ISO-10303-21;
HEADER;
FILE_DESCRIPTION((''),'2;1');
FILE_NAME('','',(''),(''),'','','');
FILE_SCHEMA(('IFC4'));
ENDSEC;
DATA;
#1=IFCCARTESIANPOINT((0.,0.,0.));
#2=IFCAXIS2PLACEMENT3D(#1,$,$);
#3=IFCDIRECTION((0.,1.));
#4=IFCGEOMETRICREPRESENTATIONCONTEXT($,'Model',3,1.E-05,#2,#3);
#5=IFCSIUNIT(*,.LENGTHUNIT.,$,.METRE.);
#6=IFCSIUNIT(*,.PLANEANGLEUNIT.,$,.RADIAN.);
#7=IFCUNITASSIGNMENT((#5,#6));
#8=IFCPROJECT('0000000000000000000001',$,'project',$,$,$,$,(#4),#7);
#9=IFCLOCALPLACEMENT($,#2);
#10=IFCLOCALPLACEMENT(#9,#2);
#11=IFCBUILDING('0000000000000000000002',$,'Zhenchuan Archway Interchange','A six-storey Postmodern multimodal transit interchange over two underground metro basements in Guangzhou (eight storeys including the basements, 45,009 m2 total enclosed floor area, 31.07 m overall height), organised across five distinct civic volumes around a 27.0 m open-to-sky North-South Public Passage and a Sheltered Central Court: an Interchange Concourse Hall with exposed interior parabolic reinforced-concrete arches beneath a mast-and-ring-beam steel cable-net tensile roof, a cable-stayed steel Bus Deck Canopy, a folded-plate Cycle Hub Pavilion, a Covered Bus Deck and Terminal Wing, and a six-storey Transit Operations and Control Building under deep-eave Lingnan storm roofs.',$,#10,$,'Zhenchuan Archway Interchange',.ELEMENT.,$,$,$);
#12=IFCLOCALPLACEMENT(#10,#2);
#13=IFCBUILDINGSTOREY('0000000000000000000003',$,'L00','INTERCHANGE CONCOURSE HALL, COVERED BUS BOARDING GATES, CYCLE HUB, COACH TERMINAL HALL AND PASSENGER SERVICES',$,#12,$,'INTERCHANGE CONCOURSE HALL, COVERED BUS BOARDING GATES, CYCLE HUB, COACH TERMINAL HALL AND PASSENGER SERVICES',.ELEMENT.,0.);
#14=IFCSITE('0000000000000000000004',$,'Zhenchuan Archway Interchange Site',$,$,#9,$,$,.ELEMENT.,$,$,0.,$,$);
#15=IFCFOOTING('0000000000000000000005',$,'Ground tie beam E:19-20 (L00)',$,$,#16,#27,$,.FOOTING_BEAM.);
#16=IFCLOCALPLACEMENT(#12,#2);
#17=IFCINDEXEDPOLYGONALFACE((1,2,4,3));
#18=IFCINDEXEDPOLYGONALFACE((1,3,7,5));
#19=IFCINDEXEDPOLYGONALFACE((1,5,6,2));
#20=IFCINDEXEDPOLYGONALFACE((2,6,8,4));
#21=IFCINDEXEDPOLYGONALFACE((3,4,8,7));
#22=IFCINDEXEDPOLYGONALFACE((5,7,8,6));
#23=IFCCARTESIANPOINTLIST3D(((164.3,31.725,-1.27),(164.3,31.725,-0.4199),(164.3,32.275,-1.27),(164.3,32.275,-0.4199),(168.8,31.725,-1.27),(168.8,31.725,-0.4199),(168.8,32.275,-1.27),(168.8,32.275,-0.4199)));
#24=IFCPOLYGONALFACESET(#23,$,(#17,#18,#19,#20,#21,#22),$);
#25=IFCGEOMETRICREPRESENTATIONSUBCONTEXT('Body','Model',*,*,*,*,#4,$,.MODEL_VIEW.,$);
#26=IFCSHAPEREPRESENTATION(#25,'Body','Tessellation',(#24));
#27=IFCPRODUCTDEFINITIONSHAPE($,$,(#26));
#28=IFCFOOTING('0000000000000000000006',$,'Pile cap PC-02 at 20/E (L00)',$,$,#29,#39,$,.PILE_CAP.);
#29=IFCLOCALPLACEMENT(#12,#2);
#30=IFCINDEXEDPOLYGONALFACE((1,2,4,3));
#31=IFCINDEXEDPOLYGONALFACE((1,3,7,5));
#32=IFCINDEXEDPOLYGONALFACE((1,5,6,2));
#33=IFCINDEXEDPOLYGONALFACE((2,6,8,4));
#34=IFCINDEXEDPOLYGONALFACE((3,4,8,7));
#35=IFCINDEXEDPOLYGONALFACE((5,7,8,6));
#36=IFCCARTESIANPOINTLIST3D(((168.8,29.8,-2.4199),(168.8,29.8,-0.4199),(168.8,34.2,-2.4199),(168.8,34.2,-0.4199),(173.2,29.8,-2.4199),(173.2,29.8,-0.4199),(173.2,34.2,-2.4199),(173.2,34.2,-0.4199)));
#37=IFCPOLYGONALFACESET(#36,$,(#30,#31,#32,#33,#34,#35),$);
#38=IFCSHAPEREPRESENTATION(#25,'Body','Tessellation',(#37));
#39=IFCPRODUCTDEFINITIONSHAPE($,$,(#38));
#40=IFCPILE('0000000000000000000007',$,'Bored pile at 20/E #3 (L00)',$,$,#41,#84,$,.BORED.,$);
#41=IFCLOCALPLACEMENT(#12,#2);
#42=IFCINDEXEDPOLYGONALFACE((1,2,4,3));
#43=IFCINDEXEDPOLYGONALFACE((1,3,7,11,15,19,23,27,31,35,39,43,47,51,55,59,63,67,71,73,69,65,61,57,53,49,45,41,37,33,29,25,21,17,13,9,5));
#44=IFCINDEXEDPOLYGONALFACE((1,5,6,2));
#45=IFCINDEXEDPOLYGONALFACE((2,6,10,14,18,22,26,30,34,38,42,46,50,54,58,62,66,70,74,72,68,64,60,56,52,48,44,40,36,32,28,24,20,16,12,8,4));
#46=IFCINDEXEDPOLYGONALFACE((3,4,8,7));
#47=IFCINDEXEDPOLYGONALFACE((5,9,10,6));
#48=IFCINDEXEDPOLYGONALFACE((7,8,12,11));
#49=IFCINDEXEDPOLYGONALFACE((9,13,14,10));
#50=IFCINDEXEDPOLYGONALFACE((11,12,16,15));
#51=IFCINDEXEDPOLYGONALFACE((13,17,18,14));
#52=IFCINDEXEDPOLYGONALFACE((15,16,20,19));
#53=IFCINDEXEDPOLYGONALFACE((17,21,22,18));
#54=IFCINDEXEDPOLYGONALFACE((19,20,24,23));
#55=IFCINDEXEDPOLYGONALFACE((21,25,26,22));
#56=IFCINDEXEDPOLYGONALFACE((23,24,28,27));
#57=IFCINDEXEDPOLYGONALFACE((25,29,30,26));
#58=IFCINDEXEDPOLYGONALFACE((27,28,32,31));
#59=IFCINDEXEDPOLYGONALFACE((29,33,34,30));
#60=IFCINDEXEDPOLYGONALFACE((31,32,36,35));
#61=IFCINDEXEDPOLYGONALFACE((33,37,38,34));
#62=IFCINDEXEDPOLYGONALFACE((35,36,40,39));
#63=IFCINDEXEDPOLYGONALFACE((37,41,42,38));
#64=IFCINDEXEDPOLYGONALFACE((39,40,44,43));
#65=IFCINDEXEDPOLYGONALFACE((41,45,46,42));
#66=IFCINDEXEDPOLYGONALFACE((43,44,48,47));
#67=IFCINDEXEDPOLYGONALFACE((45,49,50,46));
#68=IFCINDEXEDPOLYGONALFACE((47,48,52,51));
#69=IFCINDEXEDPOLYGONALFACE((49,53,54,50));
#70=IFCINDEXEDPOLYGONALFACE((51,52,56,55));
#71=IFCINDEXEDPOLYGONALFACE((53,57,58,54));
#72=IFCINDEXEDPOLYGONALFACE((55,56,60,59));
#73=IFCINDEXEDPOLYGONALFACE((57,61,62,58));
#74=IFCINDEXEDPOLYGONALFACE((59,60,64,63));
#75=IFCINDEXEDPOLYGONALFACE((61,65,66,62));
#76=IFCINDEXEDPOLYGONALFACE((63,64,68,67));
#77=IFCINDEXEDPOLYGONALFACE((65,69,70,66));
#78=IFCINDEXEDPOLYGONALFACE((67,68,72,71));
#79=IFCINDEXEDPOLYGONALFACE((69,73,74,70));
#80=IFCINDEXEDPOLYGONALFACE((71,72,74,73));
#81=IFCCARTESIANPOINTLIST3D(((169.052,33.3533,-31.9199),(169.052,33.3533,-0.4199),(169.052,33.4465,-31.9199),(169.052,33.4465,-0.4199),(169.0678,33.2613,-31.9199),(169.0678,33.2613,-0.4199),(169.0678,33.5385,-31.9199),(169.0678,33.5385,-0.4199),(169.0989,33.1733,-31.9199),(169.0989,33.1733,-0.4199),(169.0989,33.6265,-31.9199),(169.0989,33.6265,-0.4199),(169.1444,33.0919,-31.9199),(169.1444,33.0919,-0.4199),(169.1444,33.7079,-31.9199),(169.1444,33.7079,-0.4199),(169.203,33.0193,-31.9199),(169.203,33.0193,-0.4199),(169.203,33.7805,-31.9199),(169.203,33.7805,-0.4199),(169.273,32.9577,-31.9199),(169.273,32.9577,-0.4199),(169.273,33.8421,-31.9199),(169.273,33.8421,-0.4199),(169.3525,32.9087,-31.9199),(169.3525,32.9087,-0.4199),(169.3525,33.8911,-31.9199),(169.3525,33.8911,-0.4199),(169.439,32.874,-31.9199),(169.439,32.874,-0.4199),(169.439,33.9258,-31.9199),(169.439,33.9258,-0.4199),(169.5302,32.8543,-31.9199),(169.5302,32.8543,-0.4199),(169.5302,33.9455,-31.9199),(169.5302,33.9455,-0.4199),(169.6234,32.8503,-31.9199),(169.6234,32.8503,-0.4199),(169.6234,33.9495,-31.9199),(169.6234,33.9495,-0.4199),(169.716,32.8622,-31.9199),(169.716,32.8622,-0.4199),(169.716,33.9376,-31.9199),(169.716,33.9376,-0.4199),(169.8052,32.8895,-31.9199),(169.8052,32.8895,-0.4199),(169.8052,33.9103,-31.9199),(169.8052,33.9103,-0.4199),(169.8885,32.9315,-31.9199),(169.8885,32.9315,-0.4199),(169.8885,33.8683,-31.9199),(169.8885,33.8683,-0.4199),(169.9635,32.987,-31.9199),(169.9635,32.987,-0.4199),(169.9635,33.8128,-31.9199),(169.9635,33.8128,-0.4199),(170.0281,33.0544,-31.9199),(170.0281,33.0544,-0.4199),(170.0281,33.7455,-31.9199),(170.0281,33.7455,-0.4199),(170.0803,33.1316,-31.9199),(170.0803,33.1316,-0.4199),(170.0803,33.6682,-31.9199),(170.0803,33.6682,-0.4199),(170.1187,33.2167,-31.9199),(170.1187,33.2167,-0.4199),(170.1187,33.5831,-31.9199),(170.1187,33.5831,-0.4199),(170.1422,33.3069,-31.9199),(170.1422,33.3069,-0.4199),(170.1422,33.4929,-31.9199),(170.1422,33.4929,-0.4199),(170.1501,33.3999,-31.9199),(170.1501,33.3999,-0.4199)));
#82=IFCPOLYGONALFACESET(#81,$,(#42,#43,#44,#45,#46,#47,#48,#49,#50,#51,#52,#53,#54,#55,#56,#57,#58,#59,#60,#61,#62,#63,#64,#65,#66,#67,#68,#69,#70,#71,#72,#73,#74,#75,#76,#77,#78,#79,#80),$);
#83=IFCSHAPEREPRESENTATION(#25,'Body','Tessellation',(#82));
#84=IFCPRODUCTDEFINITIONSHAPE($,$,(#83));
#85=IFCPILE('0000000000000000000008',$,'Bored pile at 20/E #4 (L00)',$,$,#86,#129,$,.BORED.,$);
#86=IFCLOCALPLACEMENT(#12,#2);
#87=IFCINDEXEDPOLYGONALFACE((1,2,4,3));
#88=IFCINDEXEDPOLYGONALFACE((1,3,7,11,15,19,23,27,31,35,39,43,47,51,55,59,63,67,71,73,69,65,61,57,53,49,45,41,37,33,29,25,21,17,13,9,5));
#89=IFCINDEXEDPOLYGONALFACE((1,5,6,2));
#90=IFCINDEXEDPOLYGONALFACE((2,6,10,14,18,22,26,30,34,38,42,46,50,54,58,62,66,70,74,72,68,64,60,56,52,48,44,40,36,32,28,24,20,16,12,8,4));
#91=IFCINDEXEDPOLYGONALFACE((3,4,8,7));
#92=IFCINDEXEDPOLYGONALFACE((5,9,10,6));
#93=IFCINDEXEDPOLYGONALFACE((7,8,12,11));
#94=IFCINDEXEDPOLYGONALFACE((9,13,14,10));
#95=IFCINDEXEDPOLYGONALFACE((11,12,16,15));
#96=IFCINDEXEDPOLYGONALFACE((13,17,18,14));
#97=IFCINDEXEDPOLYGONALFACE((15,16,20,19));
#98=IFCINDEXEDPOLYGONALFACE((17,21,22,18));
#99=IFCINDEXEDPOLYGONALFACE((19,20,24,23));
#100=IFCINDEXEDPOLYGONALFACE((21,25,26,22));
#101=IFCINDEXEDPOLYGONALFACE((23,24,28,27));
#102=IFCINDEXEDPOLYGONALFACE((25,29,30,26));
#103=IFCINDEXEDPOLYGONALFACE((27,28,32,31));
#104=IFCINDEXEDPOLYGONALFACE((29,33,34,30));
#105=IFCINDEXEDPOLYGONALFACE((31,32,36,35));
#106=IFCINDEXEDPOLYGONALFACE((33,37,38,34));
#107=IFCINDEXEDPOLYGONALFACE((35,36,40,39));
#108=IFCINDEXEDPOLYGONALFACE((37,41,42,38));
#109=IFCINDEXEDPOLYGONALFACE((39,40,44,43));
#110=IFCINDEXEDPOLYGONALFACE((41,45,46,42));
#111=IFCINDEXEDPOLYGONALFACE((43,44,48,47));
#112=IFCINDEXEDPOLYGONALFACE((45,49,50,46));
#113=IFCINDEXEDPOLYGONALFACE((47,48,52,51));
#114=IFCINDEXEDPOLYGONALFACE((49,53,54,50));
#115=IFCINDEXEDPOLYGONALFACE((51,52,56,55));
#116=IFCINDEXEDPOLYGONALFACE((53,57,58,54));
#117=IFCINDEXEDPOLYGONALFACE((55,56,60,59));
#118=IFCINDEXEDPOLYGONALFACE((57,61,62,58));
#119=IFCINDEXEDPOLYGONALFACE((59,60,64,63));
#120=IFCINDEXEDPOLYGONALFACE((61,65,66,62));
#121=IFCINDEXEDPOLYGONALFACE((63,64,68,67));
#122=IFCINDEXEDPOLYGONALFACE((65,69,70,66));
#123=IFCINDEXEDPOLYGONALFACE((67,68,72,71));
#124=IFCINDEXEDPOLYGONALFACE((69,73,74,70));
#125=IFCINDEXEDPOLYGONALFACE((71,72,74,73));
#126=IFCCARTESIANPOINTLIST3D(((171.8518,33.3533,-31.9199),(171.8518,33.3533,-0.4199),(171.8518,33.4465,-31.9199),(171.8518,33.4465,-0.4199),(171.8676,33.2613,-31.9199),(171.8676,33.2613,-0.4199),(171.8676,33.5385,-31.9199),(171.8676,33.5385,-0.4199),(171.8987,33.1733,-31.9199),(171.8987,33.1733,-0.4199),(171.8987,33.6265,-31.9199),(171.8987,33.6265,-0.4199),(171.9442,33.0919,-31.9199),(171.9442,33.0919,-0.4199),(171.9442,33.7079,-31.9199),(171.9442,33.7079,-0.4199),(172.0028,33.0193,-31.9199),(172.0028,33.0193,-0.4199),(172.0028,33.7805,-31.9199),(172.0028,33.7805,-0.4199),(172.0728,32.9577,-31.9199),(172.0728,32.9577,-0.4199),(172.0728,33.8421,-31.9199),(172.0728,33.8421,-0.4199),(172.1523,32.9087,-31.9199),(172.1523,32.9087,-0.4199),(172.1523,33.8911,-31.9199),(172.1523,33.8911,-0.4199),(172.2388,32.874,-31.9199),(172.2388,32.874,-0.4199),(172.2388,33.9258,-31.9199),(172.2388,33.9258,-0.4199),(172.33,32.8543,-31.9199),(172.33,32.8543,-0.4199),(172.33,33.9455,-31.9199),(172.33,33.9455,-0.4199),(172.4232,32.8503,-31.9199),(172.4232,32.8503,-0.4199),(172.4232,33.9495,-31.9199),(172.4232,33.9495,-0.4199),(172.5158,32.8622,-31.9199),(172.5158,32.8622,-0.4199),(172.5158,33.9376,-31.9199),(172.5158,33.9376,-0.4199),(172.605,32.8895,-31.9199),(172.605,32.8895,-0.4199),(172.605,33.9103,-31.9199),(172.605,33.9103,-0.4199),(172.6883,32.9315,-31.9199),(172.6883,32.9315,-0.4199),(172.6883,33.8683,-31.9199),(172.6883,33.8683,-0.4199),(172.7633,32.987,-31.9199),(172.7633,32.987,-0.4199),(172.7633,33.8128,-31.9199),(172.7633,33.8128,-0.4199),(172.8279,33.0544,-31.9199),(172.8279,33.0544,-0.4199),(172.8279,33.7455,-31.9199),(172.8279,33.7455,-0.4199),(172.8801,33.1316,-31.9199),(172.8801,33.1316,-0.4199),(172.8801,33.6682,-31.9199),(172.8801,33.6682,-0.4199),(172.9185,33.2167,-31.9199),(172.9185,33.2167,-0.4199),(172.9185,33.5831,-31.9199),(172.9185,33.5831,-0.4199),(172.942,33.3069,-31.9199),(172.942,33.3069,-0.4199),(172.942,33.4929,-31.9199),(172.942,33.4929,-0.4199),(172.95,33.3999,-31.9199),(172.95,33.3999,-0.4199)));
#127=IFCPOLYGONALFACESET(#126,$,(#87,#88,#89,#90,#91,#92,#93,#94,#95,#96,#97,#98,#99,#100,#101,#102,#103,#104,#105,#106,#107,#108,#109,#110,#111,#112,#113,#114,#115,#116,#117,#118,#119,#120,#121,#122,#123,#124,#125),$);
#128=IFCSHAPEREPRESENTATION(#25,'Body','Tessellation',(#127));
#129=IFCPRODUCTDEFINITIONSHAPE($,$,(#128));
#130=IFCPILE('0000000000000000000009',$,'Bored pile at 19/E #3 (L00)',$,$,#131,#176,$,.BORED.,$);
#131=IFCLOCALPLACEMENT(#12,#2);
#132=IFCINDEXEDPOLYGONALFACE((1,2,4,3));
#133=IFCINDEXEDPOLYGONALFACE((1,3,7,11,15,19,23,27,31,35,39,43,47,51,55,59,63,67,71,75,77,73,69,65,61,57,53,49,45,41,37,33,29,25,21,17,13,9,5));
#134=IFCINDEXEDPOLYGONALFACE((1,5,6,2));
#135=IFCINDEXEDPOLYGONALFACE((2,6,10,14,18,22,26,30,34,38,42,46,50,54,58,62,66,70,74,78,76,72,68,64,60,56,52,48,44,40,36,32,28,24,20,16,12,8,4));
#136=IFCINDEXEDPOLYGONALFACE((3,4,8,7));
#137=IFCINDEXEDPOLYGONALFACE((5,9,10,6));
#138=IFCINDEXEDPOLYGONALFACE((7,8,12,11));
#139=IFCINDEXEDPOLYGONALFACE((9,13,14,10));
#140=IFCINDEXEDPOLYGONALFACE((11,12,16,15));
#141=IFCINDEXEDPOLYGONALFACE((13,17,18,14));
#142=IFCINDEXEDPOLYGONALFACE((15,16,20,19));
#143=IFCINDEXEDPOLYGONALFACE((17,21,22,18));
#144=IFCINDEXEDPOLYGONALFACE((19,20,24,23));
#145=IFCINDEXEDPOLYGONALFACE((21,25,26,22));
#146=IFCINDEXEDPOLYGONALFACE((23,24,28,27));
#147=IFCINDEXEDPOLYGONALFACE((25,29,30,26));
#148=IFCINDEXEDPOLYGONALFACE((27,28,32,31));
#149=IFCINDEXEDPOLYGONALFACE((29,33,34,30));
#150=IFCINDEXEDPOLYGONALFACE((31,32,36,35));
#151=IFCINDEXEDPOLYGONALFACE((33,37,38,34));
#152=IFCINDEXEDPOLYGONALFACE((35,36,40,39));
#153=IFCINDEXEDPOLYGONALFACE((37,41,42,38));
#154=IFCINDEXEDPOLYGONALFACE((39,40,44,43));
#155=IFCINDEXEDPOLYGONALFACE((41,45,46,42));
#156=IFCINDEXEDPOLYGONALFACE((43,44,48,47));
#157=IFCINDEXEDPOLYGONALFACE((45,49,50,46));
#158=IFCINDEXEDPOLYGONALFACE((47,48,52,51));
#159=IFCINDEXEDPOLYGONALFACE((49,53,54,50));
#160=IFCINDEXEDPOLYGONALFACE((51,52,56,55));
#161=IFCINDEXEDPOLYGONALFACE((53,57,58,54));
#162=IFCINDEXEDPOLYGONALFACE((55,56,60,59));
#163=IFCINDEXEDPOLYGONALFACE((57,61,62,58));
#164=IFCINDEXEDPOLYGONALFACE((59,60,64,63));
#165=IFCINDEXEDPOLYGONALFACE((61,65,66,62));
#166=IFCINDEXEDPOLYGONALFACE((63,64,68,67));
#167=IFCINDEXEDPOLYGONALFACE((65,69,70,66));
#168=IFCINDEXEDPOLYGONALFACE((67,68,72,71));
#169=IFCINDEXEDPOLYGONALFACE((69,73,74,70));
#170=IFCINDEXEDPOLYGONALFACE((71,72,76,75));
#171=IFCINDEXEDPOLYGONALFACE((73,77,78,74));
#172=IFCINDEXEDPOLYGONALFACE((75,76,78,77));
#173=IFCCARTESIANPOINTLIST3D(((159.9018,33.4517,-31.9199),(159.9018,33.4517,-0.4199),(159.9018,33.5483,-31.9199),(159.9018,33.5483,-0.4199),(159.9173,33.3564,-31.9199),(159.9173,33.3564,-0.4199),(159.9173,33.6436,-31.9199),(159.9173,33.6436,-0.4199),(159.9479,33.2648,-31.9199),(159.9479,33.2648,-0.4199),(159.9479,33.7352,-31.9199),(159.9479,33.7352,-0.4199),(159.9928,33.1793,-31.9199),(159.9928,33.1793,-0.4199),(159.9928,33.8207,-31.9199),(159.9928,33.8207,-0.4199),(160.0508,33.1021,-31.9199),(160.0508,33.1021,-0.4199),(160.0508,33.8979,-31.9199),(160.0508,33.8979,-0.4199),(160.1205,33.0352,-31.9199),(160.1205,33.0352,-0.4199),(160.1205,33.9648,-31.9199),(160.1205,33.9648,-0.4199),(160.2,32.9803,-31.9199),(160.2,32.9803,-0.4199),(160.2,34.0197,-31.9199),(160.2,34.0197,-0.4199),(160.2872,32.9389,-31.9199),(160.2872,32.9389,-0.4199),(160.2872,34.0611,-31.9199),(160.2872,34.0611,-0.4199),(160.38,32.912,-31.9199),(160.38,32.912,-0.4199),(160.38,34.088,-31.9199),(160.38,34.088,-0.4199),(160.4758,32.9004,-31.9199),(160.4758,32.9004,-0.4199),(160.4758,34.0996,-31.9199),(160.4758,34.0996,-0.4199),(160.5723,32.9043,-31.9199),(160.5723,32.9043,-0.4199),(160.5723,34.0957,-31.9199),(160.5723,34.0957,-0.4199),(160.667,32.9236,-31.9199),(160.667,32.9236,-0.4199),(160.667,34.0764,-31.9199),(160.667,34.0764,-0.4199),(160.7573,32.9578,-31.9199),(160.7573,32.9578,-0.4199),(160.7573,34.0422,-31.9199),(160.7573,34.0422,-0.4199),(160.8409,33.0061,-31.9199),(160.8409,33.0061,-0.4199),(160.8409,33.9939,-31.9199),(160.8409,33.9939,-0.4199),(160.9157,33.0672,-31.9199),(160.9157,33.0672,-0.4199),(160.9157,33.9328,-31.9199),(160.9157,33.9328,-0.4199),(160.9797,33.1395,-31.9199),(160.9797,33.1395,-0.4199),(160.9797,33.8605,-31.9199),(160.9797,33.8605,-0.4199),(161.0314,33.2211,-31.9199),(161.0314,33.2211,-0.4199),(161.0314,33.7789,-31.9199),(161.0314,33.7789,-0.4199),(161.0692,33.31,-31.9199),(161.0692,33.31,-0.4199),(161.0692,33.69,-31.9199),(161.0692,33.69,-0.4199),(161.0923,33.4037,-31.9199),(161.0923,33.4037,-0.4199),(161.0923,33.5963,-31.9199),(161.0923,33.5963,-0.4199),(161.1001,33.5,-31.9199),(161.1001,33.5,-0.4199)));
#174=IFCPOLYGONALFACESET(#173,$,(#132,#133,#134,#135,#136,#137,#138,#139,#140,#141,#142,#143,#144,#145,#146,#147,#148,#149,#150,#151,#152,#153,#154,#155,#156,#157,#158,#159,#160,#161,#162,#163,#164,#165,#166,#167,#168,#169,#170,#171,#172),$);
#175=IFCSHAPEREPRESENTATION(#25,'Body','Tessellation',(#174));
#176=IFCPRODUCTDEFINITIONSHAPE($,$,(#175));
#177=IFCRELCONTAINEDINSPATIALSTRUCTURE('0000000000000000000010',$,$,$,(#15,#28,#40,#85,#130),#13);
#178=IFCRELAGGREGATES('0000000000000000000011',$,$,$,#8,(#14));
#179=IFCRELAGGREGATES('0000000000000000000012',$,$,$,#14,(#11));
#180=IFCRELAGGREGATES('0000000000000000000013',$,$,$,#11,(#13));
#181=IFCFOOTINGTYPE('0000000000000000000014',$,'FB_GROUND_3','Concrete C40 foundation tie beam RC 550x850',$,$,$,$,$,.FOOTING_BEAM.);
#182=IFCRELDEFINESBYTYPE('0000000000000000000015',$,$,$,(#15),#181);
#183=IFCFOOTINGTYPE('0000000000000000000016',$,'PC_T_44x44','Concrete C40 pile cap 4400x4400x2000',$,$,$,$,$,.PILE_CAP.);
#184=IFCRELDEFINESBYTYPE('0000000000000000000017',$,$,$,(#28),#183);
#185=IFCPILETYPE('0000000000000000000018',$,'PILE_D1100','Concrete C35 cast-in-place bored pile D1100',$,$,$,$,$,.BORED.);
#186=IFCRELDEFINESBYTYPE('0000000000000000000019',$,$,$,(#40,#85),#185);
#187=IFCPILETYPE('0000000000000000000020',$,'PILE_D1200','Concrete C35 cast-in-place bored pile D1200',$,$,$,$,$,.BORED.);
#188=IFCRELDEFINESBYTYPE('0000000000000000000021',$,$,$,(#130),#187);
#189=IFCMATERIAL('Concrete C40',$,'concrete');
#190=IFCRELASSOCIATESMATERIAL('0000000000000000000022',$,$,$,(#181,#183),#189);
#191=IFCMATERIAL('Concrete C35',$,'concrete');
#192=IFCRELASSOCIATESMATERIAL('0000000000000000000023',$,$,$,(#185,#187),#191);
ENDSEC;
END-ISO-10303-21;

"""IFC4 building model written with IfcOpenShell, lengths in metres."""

from ifc_helpers import new_model, si_unit, direction, frame, origin, origin_2d, place, context, subcontext, project, spatial, rectangle, circle, extrude, material, material_profile, profile_set, type_object, element, save


model = new_model("IFC4")

# Units and contexts
model_context = context("Model", 3, precision=1e-05, world=origin(), true_north=direction((0.0, 1.0)))
body_context = subcontext(model_context, "Body", "Model", "MODEL_VIEW")
ifc_project = project(units=[si_unit("LENGTHUNIT", "METRE"), si_unit("PLANEANGLEUNIT", "RADIAN")], contexts=[model_context])

# Site, building, storey
site_placement = place(None, origin())
site = spatial("IfcSite", under=ifc_project, at=site_placement, Name="Zhenchuan Archway Interchange Site", CompositionType="ELEMENT", RefElevation=0.0)
building_placement = place(site_placement, origin())
building = spatial("IfcBuilding", under=site, at=building_placement, Name="Zhenchuan Archway Interchange", Description="A six-storey Postmodern multimodal transit interchange over two underground metro basements in Guangzhou (eight storeys including the basements, 45,009 m2 total enclosed floor area, 31.07 m overall height), organised across five distinct civic volumes around a 27.0 m open-to-sky North-South Public Passage and a Sheltered Central Court: an Interchange Concourse Hall with exposed interior parabolic reinforced-concrete arches beneath a mast-and-ring-beam steel cable-net tensile roof, a cable-stayed steel Bus Deck Canopy, a folded-plate Cycle Hub Pavilion, a Covered Bus Deck and Terminal Wing, and a six-storey Transit Operations and Control Building under deep-eave Lingnan storm roofs.", LongName="Zhenchuan Archway Interchange", CompositionType="ELEMENT")
storey_placement = place(building_placement, origin())
storey = spatial("IfcBuildingStorey", under=building, at=storey_placement, Name="L00", Description="INTERCHANGE CONCOURSE HALL, COVERED BUS BOARDING GATES, CYCLE HUB, COACH TERMINAL HALL AND PASSENGER SERVICES", LongName="INTERCHANGE CONCOURSE HALL, COVERED BUS BOARDING GATES, CYCLE HUB, COACH TERMINAL HALL AND PASSENGER SERVICES", CompositionType="ELEMENT", Elevation=0.0)

# Footings
ifc_material_1 = material(Name="Concrete C40", Category="concrete")
ifc_material_profile_1 = material_profile(ifc_material_1, rectangle(XDim=0.55, YDim=0.8501, at=origin_2d()), Name="RC 550x850")
ifc_profile_set_1 = profile_set([ifc_material_profile_1], Name="Concrete C40")
footing_type_1 = type_object("IfcFootingType", Name="FB_GROUND_3", Description="Concrete C40 foundation tie beam RC 550x850", PredefinedType="FOOTING_BEAM", material=ifc_profile_set_1)
footing_1_placement = place(storey_placement, frame((164.3, 32.0, -0.845), z_axis=(1.0, 0.0, 0.0), x_axis=(0.0, 1.0, 0.0)))
element("IfcFooting", 1, at=footing_1_placement, inside=storey, type_object=footing_type_1, Name="Ground tie beam E:19-20 (L00)", PredefinedType="FOOTING_BEAM", context=body_context, shape_type="SweptSolid", body=[
    extrude(rectangle(XDim=0.55, YDim=0.8501, at=origin_2d()), origin(), (0.0, 0.0, 1.0), 4.5),
])
footing_type_2 = type_object("IfcFootingType", Name="PC_T_44x44", Description="Concrete C40 pile cap 4400x4400x2000", PredefinedType="PILE_CAP", material=ifc_material_1)
footing_2_placement = place(storey_placement, frame((171.0, 32.0, -2.4199), z_axis=(0.0, 0.0, 1.0), x_axis=(1.0, 0.0, 0.0)))
element("IfcFooting", 2, at=footing_2_placement, inside=storey, type_object=footing_type_2, Name="Pile cap PC-02 at 20/E (L00)", PredefinedType="PILE_CAP", context=body_context, shape_type="SweptSolid", body=[
    extrude(rectangle(XDim=4.3999, YDim=4.3999, at=origin_2d()), origin(), (0.0, 0.0, 1.0), 2.0),
])

# Piles
ifc_material_2 = material(Name="Concrete C35", Category="concrete")
ifc_material_profile_2 = material_profile(ifc_material_2, circle(Radius=0.55, at=origin_2d()), Name="BORED PILE 1100")
ifc_profile_set_2 = profile_set([ifc_material_profile_2], Name="Concrete C35")
pile_type_1 = type_object("IfcPileType", Name="PILE_D1100", Description="Concrete C35 cast-in-place bored pile D1100", PredefinedType="BORED", material=ifc_profile_set_2)
for number, where, z_axis, x_axis, name in (
    (3, (169.6001, 33.3999, -0.4199), (0.0, 0.0, -1.0), (1.0, 0.0, 0.0), "Bored pile at 20/E #3 (L00)"),
    (4, (172.3999, 33.3999, -0.4199), (0.0, 0.0, -1.0), (1.0, 0.0, 0.0), "Bored pile at 20/E #4 (L00)"),
):
    element("IfcPile", number, at=place(storey_placement, frame(where, z_axis=z_axis, x_axis=x_axis)), inside=storey, type_object=pile_type_1, Name=name, PredefinedType="BORED", context=body_context, shape_type="SweptSolid", body=[
        extrude(circle(Radius=0.55, at=origin_2d()), origin(), (0.0, 0.0, 1.0), 31.5),
    ])
ifc_material_profile_3 = material_profile(ifc_material_2, circle(Radius=0.6001, at=origin_2d()), Name="BORED PILE 1200")
ifc_profile_set_3 = profile_set([ifc_material_profile_3], Name="Concrete C35")
pile_type_2 = type_object("IfcPileType", Name="PILE_D1200", Description="Concrete C35 cast-in-place bored pile D1200", PredefinedType="BORED", material=ifc_profile_set_3)
for number, where, z_axis, x_axis, name in (
    (5, (160.5, 33.5, -0.4199), (0.0, 0.0, -1.0), (1.0, 0.0, 0.0), "Bored pile at 19/E #3 (L00)"),
):
    element("IfcPile", number, at=place(storey_placement, frame(where, z_axis=z_axis, x_axis=x_axis)), inside=storey, type_object=pile_type_2, Name=name, PredefinedType="BORED", context=body_context, shape_type="SweptSolid", body=[
        extrude(circle(Radius=0.6001, at=origin_2d()), origin(), (0.0, 0.0, 1.0), 31.5),
    ])

save(model, "model.ifc")
